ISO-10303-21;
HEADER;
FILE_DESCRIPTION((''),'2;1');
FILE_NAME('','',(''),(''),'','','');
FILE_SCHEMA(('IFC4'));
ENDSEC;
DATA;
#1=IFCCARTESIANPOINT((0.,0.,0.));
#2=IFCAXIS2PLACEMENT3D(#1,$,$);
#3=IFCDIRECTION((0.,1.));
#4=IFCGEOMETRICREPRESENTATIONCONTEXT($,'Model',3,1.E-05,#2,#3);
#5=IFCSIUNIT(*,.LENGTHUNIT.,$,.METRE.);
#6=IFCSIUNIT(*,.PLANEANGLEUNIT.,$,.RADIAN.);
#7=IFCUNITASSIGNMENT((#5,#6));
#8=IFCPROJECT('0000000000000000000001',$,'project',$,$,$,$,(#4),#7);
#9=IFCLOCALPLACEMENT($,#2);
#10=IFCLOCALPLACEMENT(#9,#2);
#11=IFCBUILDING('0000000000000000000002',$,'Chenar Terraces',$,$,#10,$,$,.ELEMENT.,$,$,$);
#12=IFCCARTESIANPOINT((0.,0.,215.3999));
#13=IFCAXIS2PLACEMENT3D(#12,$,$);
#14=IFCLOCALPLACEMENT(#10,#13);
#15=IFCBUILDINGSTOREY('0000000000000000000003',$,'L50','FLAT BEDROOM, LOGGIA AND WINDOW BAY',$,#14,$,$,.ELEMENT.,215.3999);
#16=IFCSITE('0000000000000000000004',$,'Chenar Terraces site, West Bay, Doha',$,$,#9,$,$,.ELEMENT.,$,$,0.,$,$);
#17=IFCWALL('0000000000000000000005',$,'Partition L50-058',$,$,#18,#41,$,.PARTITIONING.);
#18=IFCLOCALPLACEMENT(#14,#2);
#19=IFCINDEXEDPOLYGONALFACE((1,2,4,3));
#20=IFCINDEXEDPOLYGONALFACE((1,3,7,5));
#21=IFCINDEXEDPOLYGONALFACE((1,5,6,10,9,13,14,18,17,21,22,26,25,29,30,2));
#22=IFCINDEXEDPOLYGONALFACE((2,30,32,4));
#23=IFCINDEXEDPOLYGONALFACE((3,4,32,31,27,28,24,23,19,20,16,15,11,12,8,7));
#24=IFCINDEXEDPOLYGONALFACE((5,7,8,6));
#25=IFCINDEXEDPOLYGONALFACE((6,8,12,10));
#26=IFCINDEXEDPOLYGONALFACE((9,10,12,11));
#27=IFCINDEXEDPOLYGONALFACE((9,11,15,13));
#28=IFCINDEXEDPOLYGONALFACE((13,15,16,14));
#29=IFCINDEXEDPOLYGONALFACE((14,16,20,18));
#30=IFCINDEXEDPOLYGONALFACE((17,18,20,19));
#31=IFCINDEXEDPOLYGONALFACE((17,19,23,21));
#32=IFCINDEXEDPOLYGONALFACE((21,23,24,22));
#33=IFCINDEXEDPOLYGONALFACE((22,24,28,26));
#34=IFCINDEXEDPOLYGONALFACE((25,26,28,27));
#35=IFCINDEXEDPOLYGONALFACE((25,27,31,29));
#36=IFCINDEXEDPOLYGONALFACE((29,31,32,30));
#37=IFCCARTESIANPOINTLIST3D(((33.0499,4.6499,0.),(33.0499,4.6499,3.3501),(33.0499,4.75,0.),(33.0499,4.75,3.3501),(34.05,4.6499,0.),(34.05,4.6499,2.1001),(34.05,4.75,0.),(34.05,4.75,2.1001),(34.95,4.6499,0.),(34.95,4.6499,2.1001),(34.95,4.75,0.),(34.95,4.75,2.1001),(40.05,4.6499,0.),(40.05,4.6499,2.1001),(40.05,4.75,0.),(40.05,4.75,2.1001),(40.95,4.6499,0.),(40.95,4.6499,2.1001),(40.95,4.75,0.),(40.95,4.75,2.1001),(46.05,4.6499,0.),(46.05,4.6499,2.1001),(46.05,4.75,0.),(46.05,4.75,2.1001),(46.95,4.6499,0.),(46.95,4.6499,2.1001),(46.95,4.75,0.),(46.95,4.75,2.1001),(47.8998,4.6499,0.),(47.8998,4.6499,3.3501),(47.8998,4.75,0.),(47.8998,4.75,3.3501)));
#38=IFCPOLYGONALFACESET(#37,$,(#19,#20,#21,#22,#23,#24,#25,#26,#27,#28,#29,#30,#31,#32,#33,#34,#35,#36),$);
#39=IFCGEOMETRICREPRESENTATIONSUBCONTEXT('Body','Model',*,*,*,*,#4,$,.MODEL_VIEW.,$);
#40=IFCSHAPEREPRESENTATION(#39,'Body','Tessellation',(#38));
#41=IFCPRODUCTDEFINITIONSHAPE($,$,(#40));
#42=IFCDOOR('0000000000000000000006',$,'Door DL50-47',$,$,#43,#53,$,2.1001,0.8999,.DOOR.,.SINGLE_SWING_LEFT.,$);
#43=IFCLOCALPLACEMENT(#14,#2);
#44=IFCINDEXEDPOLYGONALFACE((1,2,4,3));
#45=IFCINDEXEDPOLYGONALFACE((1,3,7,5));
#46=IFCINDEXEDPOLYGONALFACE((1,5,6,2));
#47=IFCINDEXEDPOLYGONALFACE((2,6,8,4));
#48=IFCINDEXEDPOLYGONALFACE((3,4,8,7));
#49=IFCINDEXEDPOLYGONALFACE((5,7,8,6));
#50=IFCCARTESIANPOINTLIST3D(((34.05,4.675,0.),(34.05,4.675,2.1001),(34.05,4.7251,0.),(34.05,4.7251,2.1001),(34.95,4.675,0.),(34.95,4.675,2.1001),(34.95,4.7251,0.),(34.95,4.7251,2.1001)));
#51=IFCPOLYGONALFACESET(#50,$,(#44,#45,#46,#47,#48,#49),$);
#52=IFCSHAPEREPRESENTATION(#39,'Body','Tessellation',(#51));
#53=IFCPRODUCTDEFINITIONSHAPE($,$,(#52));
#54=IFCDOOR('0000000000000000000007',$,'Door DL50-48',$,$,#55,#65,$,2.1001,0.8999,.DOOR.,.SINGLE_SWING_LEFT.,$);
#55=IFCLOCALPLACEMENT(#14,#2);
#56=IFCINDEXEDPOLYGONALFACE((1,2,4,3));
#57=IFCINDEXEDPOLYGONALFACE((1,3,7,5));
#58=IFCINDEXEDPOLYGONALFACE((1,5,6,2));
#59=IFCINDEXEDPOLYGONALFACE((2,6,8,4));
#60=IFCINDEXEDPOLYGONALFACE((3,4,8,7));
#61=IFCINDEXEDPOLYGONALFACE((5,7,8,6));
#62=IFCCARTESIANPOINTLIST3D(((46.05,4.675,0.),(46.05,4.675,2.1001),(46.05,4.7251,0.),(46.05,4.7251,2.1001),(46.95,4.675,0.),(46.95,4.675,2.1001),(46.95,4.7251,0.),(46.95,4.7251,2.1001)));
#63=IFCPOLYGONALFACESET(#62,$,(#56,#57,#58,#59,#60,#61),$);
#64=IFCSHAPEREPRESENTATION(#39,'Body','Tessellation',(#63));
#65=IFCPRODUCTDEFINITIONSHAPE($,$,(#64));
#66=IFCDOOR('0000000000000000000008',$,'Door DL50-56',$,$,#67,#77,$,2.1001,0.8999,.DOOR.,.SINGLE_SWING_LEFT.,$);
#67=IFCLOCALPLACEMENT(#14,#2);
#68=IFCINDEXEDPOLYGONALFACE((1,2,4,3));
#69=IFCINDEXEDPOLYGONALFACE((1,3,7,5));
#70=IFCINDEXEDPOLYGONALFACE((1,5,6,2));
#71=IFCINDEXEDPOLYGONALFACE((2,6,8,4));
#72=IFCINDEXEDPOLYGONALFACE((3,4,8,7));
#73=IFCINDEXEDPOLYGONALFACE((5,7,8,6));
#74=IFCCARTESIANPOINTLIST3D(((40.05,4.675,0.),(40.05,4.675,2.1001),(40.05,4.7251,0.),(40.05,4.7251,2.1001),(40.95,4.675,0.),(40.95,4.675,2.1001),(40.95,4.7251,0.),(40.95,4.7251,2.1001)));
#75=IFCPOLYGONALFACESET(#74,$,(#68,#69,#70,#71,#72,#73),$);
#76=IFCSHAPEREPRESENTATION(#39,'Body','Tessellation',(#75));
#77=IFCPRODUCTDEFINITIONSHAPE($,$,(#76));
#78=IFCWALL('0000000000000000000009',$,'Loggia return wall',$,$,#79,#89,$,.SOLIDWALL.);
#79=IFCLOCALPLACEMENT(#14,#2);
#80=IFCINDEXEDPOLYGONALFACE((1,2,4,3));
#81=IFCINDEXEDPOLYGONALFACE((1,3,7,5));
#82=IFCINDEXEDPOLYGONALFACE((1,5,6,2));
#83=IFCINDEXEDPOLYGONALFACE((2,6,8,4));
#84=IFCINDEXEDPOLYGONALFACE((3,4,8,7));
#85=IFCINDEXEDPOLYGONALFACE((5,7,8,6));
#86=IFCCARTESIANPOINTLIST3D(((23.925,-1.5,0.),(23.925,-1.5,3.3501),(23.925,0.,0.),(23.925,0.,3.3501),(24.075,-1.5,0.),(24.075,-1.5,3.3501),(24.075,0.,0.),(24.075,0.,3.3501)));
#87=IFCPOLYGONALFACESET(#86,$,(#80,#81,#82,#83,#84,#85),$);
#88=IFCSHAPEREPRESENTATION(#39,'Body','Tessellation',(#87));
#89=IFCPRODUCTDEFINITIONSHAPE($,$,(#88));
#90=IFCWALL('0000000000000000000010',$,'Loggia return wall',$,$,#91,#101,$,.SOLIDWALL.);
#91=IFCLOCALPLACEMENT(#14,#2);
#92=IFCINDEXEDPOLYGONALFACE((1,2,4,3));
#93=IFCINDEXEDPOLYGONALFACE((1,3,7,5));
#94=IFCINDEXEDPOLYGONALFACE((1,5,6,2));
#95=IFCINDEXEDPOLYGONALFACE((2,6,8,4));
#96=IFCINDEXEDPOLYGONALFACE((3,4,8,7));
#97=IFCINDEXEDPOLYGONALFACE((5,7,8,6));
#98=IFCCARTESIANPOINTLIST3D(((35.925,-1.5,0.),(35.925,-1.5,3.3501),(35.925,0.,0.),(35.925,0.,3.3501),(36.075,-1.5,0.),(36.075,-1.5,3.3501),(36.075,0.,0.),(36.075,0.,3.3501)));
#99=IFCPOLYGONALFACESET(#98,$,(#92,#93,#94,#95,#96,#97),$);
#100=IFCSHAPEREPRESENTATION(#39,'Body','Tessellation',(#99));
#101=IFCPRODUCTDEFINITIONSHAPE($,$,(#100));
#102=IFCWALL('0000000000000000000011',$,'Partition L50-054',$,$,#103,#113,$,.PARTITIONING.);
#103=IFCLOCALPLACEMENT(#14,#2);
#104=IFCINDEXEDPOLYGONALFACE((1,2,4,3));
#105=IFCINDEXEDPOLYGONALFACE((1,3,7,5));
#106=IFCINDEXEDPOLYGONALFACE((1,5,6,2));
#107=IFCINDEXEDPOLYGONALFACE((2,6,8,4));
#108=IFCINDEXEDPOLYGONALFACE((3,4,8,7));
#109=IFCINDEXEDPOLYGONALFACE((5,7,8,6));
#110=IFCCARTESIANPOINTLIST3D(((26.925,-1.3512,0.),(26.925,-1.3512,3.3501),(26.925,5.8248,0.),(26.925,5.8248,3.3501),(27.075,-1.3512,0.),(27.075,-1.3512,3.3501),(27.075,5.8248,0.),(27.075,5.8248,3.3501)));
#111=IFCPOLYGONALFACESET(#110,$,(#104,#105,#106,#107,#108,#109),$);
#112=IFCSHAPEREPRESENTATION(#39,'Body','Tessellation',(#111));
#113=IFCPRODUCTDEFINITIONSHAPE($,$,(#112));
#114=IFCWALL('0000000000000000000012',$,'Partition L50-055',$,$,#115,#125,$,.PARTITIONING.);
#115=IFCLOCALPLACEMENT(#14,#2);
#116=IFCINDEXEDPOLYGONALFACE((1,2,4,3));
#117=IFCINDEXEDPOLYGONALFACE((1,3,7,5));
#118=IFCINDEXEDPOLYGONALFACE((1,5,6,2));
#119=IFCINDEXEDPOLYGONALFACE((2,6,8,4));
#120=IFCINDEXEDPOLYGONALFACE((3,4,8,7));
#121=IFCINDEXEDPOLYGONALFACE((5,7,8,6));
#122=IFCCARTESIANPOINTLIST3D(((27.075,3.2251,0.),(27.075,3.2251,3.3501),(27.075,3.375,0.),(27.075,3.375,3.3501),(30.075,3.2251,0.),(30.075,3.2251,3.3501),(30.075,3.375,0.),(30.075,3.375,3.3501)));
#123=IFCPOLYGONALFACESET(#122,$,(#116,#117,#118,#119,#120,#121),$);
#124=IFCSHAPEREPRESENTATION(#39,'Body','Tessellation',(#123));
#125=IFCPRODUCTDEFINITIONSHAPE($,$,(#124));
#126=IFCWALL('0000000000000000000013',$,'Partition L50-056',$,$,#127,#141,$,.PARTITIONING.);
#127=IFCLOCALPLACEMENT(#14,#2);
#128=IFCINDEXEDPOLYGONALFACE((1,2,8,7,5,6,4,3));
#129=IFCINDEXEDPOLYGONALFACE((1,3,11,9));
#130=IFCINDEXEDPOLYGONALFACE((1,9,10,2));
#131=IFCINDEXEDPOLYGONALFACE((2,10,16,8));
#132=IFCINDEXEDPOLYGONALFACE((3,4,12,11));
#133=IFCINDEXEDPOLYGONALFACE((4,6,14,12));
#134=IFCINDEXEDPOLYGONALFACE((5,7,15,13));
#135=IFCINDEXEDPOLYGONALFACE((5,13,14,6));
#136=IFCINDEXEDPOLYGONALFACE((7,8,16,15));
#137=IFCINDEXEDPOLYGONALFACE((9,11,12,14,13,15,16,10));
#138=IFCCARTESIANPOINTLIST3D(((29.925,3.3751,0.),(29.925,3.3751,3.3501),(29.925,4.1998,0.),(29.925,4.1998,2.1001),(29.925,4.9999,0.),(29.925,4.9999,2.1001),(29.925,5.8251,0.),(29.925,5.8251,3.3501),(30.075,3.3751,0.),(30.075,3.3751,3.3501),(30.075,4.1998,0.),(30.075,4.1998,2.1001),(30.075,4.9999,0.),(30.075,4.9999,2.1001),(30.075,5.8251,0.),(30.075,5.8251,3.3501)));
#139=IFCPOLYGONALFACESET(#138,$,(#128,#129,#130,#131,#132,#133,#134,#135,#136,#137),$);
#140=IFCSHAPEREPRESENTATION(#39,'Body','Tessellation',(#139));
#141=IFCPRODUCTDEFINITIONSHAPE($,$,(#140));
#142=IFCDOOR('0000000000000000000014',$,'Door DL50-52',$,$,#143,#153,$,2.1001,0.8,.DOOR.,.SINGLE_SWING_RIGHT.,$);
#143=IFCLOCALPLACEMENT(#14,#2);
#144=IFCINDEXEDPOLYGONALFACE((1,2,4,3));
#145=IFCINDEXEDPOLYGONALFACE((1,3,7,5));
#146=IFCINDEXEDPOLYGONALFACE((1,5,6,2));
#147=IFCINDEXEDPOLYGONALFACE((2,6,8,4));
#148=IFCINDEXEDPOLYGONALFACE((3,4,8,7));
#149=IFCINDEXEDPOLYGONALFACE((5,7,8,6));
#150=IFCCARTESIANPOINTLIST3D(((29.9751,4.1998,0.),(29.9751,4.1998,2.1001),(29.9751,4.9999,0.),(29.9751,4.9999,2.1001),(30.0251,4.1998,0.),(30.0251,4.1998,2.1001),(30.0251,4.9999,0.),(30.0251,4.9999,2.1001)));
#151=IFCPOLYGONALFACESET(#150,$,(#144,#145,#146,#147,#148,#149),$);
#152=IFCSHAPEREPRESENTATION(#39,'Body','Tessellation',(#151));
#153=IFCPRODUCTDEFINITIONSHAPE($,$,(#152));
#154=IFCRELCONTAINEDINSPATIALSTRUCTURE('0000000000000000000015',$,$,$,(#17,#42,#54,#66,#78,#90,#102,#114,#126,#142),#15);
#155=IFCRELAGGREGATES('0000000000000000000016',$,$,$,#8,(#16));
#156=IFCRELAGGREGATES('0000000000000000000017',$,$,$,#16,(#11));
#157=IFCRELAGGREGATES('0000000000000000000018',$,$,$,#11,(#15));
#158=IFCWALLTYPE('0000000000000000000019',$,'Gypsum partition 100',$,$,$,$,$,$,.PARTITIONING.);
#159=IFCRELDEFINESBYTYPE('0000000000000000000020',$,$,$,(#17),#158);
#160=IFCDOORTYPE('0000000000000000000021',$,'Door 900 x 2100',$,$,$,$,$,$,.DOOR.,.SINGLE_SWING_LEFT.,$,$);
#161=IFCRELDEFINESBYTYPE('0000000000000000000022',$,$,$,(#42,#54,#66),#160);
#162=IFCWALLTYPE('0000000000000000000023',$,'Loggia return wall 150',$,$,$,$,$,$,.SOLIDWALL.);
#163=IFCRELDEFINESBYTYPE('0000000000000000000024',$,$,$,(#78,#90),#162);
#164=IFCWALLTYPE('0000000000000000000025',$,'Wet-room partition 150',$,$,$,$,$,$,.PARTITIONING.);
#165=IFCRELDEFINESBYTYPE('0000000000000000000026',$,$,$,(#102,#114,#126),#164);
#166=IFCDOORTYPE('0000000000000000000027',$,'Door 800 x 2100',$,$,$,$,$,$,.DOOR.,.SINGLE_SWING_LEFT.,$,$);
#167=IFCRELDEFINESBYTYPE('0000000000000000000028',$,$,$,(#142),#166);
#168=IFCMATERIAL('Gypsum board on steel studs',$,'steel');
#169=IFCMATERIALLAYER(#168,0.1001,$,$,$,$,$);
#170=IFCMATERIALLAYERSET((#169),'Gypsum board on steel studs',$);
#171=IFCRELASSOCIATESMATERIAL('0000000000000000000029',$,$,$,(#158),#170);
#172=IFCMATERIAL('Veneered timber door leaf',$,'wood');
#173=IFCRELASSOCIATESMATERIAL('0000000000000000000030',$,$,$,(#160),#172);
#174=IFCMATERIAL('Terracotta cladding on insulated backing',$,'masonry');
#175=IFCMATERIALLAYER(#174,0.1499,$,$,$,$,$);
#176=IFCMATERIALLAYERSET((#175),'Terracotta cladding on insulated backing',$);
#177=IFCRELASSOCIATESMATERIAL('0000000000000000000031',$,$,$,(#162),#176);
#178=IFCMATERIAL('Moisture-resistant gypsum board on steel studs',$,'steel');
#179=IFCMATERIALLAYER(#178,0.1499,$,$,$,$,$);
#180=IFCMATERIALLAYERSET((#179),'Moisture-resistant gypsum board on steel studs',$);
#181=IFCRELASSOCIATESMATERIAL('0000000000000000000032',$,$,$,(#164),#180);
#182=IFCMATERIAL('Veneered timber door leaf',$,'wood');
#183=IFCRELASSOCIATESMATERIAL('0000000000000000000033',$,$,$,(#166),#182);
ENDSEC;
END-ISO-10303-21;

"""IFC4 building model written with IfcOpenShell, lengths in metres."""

from ifc_helpers import new_model, si_unit, direction, frame, frame_2d, origin, place, context, subcontext, project, spatial, rectangle, extrude, material, layer, layer_set, type_object, element, fill, save


model = new_model("IFC4")

# Units and contexts
model_context = context("Model", 3, precision=1e-05, world=origin(), true_north=direction((0.0, 1.0)))
body_context = subcontext(model_context, "Body", "Model", "MODEL_VIEW")
ifc_project = project(units=[si_unit("LENGTHUNIT", "METRE"), si_unit("PLANEANGLEUNIT", "RADIAN")], contexts=[model_context])

# Site, building, storey
site_placement = place(None, origin())
site = spatial("IfcSite", under=ifc_project, at=site_placement, Name="Chenar Terraces site, West Bay, Doha", CompositionType="ELEMENT", RefElevation=0.0)
building_placement = place(site_placement, origin())
building = spatial("IfcBuilding", under=site, at=building_placement, Name="Chenar Terraces", CompositionType="ELEMENT")
storey_placement = place(building_placement, frame((0.0, 0.0, 215.3999)))
storey = spatial("IfcBuildingStorey", under=building, at=storey_placement, Name="L50", Description="FLAT BEDROOM, LOGGIA AND WINDOW BAY", CompositionType="ELEMENT", Elevation=215.3999)

# Shared definitions
ifc_material_1 = material(Name="Gypsum board on steel studs", Category="steel")
ifc_layer_1 = layer(ifc_material_1, 0.1001)
ifc_layer_set_1 = layer_set([ifc_layer_1], Name="Gypsum board on steel studs")
wall_type_1 = type_object("IfcWallType", Name="Gypsum partition 100", PredefinedType="PARTITIONING", material=ifc_layer_set_1)

# Shared definitions
ifc_material_2 = material(Name="Veneered timber door leaf", Category="wood")
door_type_1 = type_object("IfcDoorType", Name="Door 900 x 2100", OperationType="SINGLE_SWING_LEFT", PredefinedType="DOOR", material=ifc_material_2)

# Wall, openings, doors
wall_1_placement = place(storey_placement, frame((33.05, 4.7, 0.0), z_axis=(0.0, 0.0, 1.0), x_axis=(1.0, 0.0, 0.0)))
wall_1 = element("IfcWall", 1, at=wall_1_placement, inside=storey, type_object=wall_type_1, Name="Partition L50-058", PredefinedType="PARTITIONING", context=body_context, shape_type="SweptSolid", body=[
    extrude(rectangle(XDim=14.8499, YDim=0.1001, at=frame_2d((7.4248, 0.0))), origin(), (0.0, 0.0, 1.0), 3.3501),
])
opening_1_placement = place(wall_1_placement, frame((1.0, 0.0, 0.0)))
opening_1 = element("IfcOpeningElement", 2, at=opening_1_placement, cuts=wall_1, PredefinedType="OPENING", context=body_context, shape_type="SweptSolid", body=[
    extrude(rectangle(XDim=0.8999, YDim=2.1001, at=frame_2d((0.45, 1.05))), frame((0.0, 0.0601, 0.0), z_axis=(0.0, -1.0, 0.0), x_axis=(1.0, 0.0, 0.0)), (0.0, 0.0, 1.0), 0.1201),
])
opening_2_placement = place(wall_1_placement, frame((13.0, 0.0, 0.0)))
opening_2 = element("IfcOpeningElement", 3, at=opening_2_placement, cuts=wall_1, PredefinedType="OPENING", context=body_context, shape_type="SweptSolid", body=[
    extrude(rectangle(XDim=0.8999, YDim=2.1001, at=frame_2d((0.45, 1.05))), frame((0.0, 0.0601, 0.0), z_axis=(0.0, -1.0, 0.0), x_axis=(1.0, 0.0, 0.0)), (0.0, 0.0, 1.0), 0.1201),
])
opening_3_placement = place(wall_1_placement, frame((7.0, 0.0, 0.0)))
opening_3 = element("IfcOpeningElement", 4, at=opening_3_placement, cuts=wall_1, PredefinedType="OPENING", context=body_context, shape_type="SweptSolid", body=[
    extrude(rectangle(XDim=0.8999, YDim=2.1001, at=frame_2d((0.45, 1.05))), frame((0.0, 0.0601, 0.0), z_axis=(0.0, -1.0, 0.0), x_axis=(1.0, 0.0, 0.0)), (0.0, 0.0, 1.0), 0.1201),
])
door_1_placement = place(opening_1_placement, frame((0.8999, 0.0, 0.0), z_axis=(0.0, 0.0, 1.0), x_axis=(-1.0, 0.0, 0.0)))
door_1 = element("IfcDoor", 5, at=door_1_placement, inside=storey, type_object=door_type_1, Name="Door DL50-47", OperationType="SINGLE_SWING_LEFT", OverallHeight=2.1001, OverallWidth=0.8999, PredefinedType="DOOR", context=body_context, shape_type="SweptSolid", body=[
    extrude(rectangle(XDim=0.8999, YDim=2.1001, at=frame_2d((0.45, 1.05))), frame((0.0, 0.0249, 0.0), z_axis=(0.0, -1.0, 0.0), x_axis=(1.0, 0.0, 0.0)), (0.0, 0.0, 1.0), 0.05),
])
fill(opening_1, door_1)
door_2_placement = place(opening_2_placement, frame((0.8999, 0.0, 0.0), z_axis=(0.0, 0.0, 1.0), x_axis=(-1.0, 0.0, 0.0)))
door_2 = element("IfcDoor", 6, at=door_2_placement, inside=storey, type_object=door_type_1, Name="Door DL50-48", OperationType="SINGLE_SWING_LEFT", OverallHeight=2.1001, OverallWidth=0.8999, PredefinedType="DOOR", context=body_context, shape_type="SweptSolid", body=[
    extrude(rectangle(XDim=0.8999, YDim=2.1001, at=frame_2d((0.45, 1.05))), frame((0.0, 0.0249, 0.0), z_axis=(0.0, -1.0, 0.0), x_axis=(1.0, 0.0, 0.0)), (0.0, 0.0, 1.0), 0.05),
])
fill(opening_2, door_2)
door_3_placement = place(opening_3_placement, frame((0.8999, 0.0, 0.0), z_axis=(0.0, 0.0, 1.0), x_axis=(-1.0, 0.0, 0.0)))
door_3 = element("IfcDoor", 7, at=door_3_placement, inside=storey, type_object=door_type_1, Name="Door DL50-56", OperationType="SINGLE_SWING_LEFT", OverallHeight=2.1001, OverallWidth=0.8999, PredefinedType="DOOR", context=body_context, shape_type="SweptSolid", body=[
    extrude(rectangle(XDim=0.8999, YDim=2.1001, at=frame_2d((0.45, 1.05))), frame((0.0, 0.0249, 0.0), z_axis=(0.0, -1.0, 0.0), x_axis=(1.0, 0.0, 0.0)), (0.0, 0.0, 1.0), 0.05),
])
fill(opening_3, door_3)

# Walls
ifc_material_3 = material(Name="Terracotta cladding on insulated backing", Category="masonry")
ifc_layer_2 = layer(ifc_material_3, 0.1499)
ifc_layer_set_2 = layer_set([ifc_layer_2], Name="Terracotta cladding on insulated backing")
wall_type_2 = type_object("IfcWallType", Name="Loggia return wall 150", PredefinedType="SOLIDWALL", material=ifc_layer_set_2)
for number, where, z_axis, x_axis, name in (
    (8, (24.0, -1.5, 0.0), (0.0, 0.0, 1.0), (0.0, 1.0, 0.0), "Loggia return wall"),
    (9, (36.0, -1.5, 0.0), (0.0, 0.0, 1.0), (0.0, 1.0, 0.0), "Loggia return wall"),
):
    element("IfcWall", number, at=place(storey_placement, frame(where, z_axis=z_axis, x_axis=x_axis)), inside=storey, type_object=wall_type_2, Name=name, PredefinedType="SOLIDWALL", context=body_context, shape_type="SweptSolid", body=[
        extrude(rectangle(XDim=1.5, YDim=0.1499, at=frame_2d((0.75, 0.0))), origin(), (0.0, 0.0, 1.0), 3.3501),
    ])
ifc_material_4 = material(Name="Moisture-resistant gypsum board on steel studs", Category="steel")
ifc_layer_3 = layer(ifc_material_4, 0.1499)
ifc_layer_set_3 = layer_set([ifc_layer_3], Name="Moisture-resistant gypsum board on steel studs")
wall_type_3 = type_object("IfcWallType", Name="Wet-room partition 150", PredefinedType="PARTITIONING", material=ifc_layer_set_3)
wall_2_placement = place(storey_placement, frame((27.0, -1.3511, 0.0), z_axis=(0.0, 0.0, 1.0), x_axis=(0.0, 1.0, 0.0)))
element("IfcWall", 10, at=wall_2_placement, inside=storey, type_object=wall_type_3, Name="Partition L50-054", PredefinedType="PARTITIONING", context=body_context, shape_type="SweptSolid", body=[
    extrude(rectangle(XDim=7.176, YDim=0.1499, at=frame_2d((3.5879, 0.0))), origin(), (0.0, 0.0, 1.0), 3.3501),
])
wall_3_placement = place(storey_placement, frame((27.075, 3.3, 0.0), z_axis=(0.0, 0.0, 1.0), x_axis=(1.0, 0.0, 0.0)))
element("IfcWall", 11, at=wall_3_placement, inside=storey, type_object=wall_type_3, Name="Partition L50-055", PredefinedType="PARTITIONING", context=body_context, shape_type="SweptSolid", body=[
    extrude(rectangle(XDim=3.0, YDim=0.1499, at=frame_2d((1.5, 0.0))), origin(), (0.0, 0.0, 1.0), 3.3501),
])

# Wall, opening, door
wall_4_placement = place(storey_placement, frame((30.0, 3.375, 0.0), z_axis=(0.0, 0.0, 1.0), x_axis=(0.0, 1.0, 0.0)))
wall_4 = element("IfcWall", 12, at=wall_4_placement, inside=storey, type_object=wall_type_3, Name="Partition L50-056", PredefinedType="PARTITIONING", context=body_context, shape_type="SweptSolid", body=[
    extrude(rectangle(XDim=2.45, YDim=0.1499, at=frame_2d((1.2251, 0.0))), origin(), (0.0, 0.0, 1.0), 3.3501),
])
opening_4_placement = place(wall_4_placement, frame((0.825, 0.0, 0.0)))
opening_4 = element("IfcOpeningElement", 13, at=opening_4_placement, cuts=wall_4, PredefinedType="OPENING", context=body_context, shape_type="SweptSolid", body=[
    extrude(rectangle(XDim=0.8, YDim=2.1001, at=frame_2d((0.3999, 1.05))), frame((0.0, 0.085, 0.0), z_axis=(0.0, -1.0, 0.0), x_axis=(1.0, 0.0, 0.0)), (0.0, 0.0, 1.0), 0.1699),
])
ifc_material_5 = material(Name="Veneered timber door leaf", Category="wood")
door_type_2 = type_object("IfcDoorType", Name="Door 800 x 2100", OperationType="SINGLE_SWING_LEFT", PredefinedType="DOOR", material=ifc_material_5)
door_4_placement = place(opening_4_placement, origin())
door_4 = element("IfcDoor", 14, at=door_4_placement, inside=storey, type_object=door_type_2, Name="Door DL50-52", OperationType="SINGLE_SWING_RIGHT", OverallHeight=2.1001, OverallWidth=0.8, PredefinedType="DOOR", context=body_context, shape_type="SweptSolid", body=[
    extrude(rectangle(XDim=0.8, YDim=2.1001, at=frame_2d((0.3999, 1.05))), frame((0.0, 0.0249, 0.0), z_axis=(0.0, -1.0, 0.0), x_axis=(1.0, 0.0, 0.0)), (0.0, 0.0, 1.0), 0.05),
])
fill(opening_4, door_4)

save(model, "model.ifc")
